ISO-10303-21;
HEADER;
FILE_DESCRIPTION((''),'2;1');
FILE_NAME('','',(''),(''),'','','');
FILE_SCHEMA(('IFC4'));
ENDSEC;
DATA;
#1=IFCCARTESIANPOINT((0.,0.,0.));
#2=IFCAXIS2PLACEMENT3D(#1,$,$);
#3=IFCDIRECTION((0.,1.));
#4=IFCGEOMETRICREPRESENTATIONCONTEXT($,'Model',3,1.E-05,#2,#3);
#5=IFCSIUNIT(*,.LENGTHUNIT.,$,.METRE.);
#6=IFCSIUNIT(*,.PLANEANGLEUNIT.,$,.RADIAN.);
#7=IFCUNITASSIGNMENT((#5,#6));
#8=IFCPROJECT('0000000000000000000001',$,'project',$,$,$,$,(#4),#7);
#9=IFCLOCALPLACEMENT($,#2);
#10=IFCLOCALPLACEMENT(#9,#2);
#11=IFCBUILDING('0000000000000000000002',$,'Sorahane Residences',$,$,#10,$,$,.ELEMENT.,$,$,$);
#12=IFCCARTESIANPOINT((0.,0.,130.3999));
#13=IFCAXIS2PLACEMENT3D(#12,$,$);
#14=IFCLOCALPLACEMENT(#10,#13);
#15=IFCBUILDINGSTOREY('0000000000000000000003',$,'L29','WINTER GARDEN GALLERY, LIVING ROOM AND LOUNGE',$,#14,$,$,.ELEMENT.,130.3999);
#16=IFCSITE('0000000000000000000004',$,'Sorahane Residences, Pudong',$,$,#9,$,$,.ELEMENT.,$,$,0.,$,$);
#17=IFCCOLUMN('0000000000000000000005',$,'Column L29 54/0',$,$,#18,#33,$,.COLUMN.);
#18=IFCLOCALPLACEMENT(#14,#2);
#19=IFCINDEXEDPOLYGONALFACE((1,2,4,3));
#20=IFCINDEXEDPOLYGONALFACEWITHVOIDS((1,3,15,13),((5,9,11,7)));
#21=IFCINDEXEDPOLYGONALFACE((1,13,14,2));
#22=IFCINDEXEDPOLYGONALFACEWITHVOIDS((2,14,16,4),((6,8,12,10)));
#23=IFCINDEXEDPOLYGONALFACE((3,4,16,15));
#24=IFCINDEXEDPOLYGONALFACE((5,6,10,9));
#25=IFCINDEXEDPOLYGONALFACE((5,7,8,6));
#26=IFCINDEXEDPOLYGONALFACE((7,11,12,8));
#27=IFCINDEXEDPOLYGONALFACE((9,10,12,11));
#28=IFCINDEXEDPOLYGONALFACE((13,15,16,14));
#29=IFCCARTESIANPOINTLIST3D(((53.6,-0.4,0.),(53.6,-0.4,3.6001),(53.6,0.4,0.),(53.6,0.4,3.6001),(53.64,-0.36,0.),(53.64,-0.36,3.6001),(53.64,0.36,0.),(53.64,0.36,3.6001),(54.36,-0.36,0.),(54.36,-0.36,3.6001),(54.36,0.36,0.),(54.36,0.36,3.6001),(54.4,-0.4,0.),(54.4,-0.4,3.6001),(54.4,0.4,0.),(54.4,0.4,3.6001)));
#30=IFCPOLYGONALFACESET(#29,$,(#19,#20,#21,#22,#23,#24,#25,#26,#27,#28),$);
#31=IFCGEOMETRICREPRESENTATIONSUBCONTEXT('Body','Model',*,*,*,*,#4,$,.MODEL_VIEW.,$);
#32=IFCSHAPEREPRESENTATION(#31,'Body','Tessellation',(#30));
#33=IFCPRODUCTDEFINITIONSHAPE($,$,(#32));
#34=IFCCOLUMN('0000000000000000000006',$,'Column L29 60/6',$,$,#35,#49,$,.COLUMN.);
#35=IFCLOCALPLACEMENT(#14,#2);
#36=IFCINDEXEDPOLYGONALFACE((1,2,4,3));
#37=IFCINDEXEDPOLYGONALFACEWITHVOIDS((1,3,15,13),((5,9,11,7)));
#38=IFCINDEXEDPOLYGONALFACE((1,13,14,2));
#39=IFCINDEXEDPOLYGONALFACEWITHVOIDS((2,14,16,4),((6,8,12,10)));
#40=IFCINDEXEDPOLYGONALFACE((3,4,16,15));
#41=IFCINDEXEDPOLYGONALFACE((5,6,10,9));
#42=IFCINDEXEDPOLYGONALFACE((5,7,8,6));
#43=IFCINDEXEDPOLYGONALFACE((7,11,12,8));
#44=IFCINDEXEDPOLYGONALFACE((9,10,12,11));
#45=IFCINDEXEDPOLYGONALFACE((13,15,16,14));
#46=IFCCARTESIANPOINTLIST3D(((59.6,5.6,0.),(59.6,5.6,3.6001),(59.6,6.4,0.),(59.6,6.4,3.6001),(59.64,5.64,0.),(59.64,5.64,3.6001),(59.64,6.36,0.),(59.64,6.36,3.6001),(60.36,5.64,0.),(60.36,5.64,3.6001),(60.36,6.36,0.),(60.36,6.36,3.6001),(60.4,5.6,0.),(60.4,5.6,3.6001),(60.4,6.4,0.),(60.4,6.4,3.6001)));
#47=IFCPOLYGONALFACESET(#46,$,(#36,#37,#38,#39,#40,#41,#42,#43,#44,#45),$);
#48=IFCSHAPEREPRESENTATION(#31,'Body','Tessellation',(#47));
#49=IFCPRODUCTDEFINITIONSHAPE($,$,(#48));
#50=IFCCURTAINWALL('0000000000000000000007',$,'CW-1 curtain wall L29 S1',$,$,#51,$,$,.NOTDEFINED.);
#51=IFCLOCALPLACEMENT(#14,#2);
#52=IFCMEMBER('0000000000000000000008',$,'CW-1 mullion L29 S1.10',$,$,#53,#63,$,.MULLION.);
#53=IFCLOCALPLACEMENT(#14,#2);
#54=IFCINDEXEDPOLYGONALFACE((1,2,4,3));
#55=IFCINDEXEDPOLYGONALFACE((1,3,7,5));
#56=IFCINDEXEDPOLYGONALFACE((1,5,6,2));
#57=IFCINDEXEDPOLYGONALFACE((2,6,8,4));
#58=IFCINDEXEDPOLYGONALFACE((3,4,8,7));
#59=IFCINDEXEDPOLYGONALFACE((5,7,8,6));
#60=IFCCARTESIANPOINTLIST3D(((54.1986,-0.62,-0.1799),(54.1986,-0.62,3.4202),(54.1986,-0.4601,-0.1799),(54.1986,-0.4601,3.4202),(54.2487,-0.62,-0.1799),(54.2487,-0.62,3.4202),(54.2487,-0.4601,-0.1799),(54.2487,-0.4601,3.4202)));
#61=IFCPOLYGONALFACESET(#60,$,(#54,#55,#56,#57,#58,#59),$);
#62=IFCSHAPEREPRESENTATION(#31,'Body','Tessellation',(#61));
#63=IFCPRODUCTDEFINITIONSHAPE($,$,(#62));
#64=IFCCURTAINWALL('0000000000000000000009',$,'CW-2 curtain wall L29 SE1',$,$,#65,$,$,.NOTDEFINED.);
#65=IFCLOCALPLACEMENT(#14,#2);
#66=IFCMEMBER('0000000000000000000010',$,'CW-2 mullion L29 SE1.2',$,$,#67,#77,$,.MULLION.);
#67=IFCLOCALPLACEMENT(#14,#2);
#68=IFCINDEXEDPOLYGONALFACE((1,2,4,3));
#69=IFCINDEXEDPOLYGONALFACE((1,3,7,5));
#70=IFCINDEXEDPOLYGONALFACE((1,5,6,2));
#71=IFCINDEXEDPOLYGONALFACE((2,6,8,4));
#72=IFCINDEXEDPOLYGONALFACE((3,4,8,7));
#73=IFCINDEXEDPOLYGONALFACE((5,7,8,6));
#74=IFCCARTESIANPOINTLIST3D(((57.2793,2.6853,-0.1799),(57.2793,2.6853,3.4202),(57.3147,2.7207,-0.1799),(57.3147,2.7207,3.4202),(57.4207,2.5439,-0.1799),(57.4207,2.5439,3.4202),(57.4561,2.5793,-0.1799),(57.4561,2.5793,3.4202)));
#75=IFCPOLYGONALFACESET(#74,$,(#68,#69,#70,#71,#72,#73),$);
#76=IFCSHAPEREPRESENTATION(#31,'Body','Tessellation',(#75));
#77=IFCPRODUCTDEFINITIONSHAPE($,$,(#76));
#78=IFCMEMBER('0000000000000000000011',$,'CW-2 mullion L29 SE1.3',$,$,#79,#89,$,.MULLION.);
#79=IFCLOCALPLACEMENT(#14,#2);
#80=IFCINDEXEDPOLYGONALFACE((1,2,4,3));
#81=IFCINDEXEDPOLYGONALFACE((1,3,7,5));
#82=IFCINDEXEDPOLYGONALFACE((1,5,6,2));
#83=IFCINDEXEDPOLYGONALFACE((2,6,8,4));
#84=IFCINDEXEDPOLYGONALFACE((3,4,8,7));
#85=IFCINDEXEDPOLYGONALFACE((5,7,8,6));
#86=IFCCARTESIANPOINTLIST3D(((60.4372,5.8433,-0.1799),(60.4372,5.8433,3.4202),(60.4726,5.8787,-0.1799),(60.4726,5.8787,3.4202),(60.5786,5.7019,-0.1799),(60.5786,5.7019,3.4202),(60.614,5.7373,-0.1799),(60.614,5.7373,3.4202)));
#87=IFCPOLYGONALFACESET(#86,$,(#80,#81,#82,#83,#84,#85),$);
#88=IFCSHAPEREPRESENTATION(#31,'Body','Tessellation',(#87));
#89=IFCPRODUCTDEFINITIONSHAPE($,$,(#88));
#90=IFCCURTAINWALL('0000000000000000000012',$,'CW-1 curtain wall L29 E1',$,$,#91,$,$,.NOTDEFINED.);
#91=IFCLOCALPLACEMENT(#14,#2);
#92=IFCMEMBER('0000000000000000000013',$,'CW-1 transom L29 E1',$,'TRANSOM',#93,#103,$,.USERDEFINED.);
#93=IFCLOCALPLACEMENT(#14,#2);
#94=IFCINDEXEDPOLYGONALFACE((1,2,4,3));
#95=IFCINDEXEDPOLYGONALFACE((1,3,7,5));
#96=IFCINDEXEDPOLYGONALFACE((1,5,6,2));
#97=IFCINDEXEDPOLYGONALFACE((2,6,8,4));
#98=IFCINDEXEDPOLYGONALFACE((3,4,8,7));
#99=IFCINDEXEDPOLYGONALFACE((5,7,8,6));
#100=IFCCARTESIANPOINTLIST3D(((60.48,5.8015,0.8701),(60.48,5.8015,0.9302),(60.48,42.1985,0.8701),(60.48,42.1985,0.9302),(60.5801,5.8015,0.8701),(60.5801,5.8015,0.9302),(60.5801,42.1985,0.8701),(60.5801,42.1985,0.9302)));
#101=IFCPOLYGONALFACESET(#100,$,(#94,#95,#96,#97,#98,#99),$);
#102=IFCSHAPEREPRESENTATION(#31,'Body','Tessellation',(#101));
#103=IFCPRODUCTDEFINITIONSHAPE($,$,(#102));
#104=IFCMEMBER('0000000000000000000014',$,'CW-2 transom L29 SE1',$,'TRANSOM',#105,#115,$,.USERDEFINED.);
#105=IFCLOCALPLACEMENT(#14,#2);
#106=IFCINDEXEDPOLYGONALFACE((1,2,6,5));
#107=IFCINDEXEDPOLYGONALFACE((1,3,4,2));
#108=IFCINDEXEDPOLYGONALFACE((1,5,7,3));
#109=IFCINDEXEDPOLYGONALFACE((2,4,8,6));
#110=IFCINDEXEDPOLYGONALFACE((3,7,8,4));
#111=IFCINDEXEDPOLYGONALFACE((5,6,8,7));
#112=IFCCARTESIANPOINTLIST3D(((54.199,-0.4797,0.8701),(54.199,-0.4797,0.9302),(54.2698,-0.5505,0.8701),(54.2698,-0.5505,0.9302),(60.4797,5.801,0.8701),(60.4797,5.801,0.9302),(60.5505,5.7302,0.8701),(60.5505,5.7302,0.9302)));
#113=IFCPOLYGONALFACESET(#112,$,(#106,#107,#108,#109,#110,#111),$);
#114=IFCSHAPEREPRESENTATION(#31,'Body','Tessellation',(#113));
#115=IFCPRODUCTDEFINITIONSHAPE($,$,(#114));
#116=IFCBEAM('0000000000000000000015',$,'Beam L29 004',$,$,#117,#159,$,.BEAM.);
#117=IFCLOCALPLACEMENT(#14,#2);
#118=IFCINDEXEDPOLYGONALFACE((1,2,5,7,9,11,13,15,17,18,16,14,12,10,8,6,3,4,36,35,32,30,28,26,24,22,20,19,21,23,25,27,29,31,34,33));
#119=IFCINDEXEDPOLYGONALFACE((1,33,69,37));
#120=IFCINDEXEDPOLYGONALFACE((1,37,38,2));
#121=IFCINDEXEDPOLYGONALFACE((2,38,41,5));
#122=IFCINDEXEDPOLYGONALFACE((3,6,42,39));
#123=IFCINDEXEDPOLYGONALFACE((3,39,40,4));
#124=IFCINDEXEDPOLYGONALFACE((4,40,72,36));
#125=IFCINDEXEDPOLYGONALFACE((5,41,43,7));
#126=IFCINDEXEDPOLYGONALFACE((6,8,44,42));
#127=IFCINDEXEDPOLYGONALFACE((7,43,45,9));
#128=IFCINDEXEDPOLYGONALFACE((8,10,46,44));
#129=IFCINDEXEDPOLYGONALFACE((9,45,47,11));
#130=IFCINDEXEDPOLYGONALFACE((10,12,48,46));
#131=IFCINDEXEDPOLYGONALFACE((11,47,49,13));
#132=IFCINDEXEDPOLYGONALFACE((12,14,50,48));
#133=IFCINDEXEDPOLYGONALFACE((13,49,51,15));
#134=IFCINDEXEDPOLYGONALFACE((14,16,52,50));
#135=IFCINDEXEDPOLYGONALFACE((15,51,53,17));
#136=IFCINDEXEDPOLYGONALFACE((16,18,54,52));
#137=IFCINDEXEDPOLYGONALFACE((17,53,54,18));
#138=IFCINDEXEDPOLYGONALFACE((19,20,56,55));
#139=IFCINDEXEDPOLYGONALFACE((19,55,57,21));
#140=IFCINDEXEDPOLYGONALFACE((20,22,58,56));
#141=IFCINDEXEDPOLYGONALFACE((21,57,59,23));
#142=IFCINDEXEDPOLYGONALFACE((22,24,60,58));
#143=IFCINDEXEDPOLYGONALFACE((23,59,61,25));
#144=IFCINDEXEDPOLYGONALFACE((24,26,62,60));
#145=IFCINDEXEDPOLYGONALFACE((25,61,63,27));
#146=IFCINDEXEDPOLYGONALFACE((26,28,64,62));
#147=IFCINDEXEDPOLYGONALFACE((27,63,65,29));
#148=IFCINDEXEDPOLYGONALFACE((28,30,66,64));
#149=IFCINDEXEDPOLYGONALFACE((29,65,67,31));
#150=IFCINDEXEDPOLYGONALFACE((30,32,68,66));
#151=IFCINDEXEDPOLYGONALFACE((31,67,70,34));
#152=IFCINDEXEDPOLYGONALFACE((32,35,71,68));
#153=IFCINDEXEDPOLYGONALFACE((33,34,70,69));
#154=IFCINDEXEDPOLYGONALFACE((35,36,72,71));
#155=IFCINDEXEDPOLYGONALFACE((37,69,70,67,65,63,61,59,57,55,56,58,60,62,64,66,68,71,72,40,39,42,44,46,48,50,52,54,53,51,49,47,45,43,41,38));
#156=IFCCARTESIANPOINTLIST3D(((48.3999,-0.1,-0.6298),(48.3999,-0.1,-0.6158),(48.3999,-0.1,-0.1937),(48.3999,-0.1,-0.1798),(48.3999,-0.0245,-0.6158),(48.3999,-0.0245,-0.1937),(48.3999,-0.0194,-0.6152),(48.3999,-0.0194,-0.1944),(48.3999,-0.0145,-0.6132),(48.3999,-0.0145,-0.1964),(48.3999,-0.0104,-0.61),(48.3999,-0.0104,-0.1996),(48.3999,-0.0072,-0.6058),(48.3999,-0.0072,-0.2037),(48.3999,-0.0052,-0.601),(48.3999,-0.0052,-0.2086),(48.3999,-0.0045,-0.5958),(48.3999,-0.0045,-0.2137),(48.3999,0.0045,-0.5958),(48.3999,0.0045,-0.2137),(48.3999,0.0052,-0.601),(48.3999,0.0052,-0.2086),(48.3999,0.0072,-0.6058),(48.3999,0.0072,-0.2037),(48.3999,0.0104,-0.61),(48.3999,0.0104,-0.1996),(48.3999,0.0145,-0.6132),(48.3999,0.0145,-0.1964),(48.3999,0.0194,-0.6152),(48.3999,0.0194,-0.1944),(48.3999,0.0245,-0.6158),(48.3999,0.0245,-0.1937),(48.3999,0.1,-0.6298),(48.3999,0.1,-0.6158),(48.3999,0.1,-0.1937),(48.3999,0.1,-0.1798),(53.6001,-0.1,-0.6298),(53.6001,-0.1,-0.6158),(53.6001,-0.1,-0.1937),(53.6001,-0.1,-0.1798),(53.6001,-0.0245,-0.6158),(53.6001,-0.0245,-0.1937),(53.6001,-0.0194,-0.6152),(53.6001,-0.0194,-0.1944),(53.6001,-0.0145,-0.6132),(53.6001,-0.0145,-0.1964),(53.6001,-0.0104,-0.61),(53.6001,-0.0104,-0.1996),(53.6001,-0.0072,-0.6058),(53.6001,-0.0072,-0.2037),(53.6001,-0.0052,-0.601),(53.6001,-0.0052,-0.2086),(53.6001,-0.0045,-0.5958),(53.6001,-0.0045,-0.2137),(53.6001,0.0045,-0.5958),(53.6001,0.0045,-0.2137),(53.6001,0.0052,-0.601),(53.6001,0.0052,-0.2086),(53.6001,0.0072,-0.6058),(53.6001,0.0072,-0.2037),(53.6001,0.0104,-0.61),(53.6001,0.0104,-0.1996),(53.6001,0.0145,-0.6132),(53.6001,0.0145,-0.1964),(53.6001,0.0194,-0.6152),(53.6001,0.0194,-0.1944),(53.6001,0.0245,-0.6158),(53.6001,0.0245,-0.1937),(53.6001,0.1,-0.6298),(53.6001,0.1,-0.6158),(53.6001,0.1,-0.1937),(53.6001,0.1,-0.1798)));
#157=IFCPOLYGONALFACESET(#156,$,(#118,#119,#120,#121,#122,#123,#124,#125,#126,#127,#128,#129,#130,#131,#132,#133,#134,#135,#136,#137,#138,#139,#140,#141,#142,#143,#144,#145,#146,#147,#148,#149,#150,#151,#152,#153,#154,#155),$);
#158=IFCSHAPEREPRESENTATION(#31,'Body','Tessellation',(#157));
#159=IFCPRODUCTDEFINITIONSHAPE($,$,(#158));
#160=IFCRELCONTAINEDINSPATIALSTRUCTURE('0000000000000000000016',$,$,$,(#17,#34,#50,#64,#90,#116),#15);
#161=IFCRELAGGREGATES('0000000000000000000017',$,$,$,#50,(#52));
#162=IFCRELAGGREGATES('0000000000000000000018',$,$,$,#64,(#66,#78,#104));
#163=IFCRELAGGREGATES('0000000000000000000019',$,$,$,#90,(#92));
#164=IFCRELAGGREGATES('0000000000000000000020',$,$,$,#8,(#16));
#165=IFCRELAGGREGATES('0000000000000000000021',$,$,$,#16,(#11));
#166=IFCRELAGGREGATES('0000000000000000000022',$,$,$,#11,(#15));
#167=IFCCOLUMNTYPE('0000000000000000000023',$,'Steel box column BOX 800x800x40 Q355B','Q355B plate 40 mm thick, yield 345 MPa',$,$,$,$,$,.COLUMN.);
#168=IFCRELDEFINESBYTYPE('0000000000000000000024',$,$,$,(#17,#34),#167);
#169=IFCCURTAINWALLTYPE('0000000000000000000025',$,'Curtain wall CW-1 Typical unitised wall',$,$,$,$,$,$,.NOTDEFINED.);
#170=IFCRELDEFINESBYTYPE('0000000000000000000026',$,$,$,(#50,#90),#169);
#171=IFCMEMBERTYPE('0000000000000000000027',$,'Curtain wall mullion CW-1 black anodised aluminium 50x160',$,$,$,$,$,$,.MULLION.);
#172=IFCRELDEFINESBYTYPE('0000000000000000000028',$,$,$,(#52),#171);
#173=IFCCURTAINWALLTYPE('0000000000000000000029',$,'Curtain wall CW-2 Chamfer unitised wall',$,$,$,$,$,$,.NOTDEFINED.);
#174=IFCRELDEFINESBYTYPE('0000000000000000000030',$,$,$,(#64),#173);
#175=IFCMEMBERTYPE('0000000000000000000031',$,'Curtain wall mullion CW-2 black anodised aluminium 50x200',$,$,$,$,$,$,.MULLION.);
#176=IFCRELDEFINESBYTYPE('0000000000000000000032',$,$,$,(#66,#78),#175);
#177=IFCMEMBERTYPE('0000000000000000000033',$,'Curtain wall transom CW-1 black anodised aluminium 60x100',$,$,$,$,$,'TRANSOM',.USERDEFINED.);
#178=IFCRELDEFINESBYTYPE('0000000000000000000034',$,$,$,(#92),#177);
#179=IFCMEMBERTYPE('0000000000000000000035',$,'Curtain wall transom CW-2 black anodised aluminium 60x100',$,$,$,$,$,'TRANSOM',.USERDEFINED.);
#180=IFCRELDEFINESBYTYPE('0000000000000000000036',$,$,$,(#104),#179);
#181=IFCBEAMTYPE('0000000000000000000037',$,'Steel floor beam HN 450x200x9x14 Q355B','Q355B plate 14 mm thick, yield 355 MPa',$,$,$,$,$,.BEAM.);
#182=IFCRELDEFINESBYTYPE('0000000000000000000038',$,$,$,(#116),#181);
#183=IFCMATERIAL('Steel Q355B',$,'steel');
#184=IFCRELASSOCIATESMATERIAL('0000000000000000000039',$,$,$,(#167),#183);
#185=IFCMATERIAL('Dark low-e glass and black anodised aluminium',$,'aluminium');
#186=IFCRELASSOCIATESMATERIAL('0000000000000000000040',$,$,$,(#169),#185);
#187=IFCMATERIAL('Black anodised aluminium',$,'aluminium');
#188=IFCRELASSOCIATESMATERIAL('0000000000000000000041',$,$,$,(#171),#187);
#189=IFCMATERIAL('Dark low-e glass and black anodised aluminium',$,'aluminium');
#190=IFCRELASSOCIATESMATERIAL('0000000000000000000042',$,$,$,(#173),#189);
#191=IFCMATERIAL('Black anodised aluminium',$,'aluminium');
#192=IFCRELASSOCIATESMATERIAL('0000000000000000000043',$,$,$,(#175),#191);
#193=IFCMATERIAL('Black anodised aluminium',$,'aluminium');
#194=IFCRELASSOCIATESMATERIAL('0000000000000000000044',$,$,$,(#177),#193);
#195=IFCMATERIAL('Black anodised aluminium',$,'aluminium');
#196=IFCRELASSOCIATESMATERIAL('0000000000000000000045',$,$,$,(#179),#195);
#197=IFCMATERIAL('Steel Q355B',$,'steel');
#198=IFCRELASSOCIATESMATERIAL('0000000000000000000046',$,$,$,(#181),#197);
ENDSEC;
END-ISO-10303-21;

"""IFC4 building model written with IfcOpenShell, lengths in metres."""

from ifc_helpers import new_model, si_unit, direction, frame, origin, origin_2d, place, context, subcontext, project, spatial, rectangle, hollow_rectangle, i_section, extrude, material, material_profile, profile_set, type_object, element, aggregate, save


model = new_model("IFC4")

# Units and contexts
model_context = context("Model", 3, precision=1e-05, world=origin(), true_north=direction((0.0, 1.0)))
body_context = subcontext(model_context, "Body", "Model", "MODEL_VIEW")
ifc_project = project(units=[si_unit("LENGTHUNIT", "METRE"), si_unit("PLANEANGLEUNIT", "RADIAN")], contexts=[model_context])

# Site, building, storey
site_placement = place(None, origin())
site = spatial("IfcSite", under=ifc_project, at=site_placement, Name="Sorahane Residences, Pudong", CompositionType="ELEMENT", RefElevation=0.0)
building_placement = place(site_placement, origin())
building = spatial("IfcBuilding", under=site, at=building_placement, Name="Sorahane Residences", CompositionType="ELEMENT")
storey_placement = place(building_placement, frame((0.0, 0.0, 130.3999)))
storey = spatial("IfcBuildingStorey", under=building, at=storey_placement, Name="L29", Description="WINTER GARDEN GALLERY, LIVING ROOM AND LOUNGE", CompositionType="ELEMENT", Elevation=130.3999)

# Columns
ifc_material_1 = material(Name="Steel Q355B", Category="steel")
ifc_material_profile_1 = material_profile(ifc_material_1, hollow_rectangle(XDim=0.8, YDim=0.8, WallThickness=0.04, at=origin_2d()), Name="BOX 800x800x40")
ifc_profile_set_1 = profile_set([ifc_material_profile_1], Name="Steel Q355B")
column_type = type_object("IfcColumnType", Name="Steel box column BOX 800x800x40 Q355B", Description="Q355B plate 40 mm thick, yield 345 MPa", PredefinedType="COLUMN", material=ifc_profile_set_1)
for number, where, z_axis, x_axis, name in (
    (1, (54.0, 0.0, 0.0), (0.0, 0.0, 1.0), (1.0, 0.0, 0.0), "Column L29 54/0"),
    (2, (60.0, 6.0, 0.0), (0.0, 0.0, 1.0), (1.0, 0.0, 0.0), "Column L29 60/6"),
):
    element("IfcColumn", number, at=place(storey_placement, frame(where, z_axis=z_axis, x_axis=x_axis)), inside=storey, type_object=column_type, Name=name, PredefinedType="COLUMN", context=body_context, shape_type="SweptSolid", body=[
        extrude(hollow_rectangle(XDim=0.8, YDim=0.8, WallThickness=0.04, at=origin_2d()), origin(), (0.0, 0.0, 1.0), 3.6001),
    ])

# Curtain wall, member
ifc_material_2 = material(Name="Dark low-e glass and black anodised aluminium", Category="aluminium")
curtain_wall_type_1 = type_object("IfcCurtainWallType", Name="Curtain wall CW-1 Typical unitised wall", PredefinedType="NOTDEFINED", material=ifc_material_2)
curtain_wall_1_placement = place(storey_placement, origin())
curtain_wall_1 = element("IfcCurtainWall", 3, at=curtain_wall_1_placement, inside=storey, type_object=curtain_wall_type_1, Name="CW-1 curtain wall L29 S1", PredefinedType="NOTDEFINED")
ifc_material_3 = material(Name="Black anodised aluminium", Category="aluminium")
ifc_material_profile_2 = material_profile(ifc_material_3, rectangle(XDim=0.1599, YDim=0.05, at=origin_2d()), Name="Curtain wall mullion CW-1 black anodised aluminium 50x160")
ifc_profile_set_2 = profile_set([ifc_material_profile_2], Name="Black anodised aluminium")
member_type_1 = type_object("IfcMemberType", Name="Curtain wall mullion CW-1 black anodised aluminium 50x160", PredefinedType="MULLION", material=ifc_profile_set_2)
member_1_placement = place(storey_placement, frame((54.2236, -0.54, -0.1799), z_axis=(0.0, 0.0, 1.0), x_axis=(0.0, -1.0, 0.0)))
member_1 = element("IfcMember", 4, at=member_1_placement, type_object=member_type_1, Name="CW-1 mullion L29 S1.10", PredefinedType="MULLION", context=body_context, shape_type="SweptSolid", body=[
    extrude(rectangle(XDim=0.1599, YDim=0.05, at=origin_2d()), origin(), (0.0, 0.0, 1.0), 3.6001),
])

# Curtain wall, members
ifc_material_4 = material(Name="Dark low-e glass and black anodised aluminium", Category="aluminium")
curtain_wall_type_2 = type_object("IfcCurtainWallType", Name="Curtain wall CW-2 Chamfer unitised wall", PredefinedType="NOTDEFINED", material=ifc_material_4)
curtain_wall_2_placement = place(storey_placement, origin())
curtain_wall_2 = element("IfcCurtainWall", 5, at=curtain_wall_2_placement, inside=storey, type_object=curtain_wall_type_2, Name="CW-2 curtain wall L29 SE1", PredefinedType="NOTDEFINED")
ifc_material_5 = material(Name="Black anodised aluminium", Category="aluminium")
ifc_material_profile_3 = material_profile(ifc_material_5, rectangle(XDim=0.2, YDim=0.05, at=origin_2d()), Name="Curtain wall mullion CW-2 black anodised aluminium 50x200")
ifc_profile_set_3 = profile_set([ifc_material_profile_3], Name="Black anodised aluminium")
member_type_2 = type_object("IfcMemberType", Name="Curtain wall mullion CW-2 black anodised aluminium 50x200", PredefinedType="MULLION", material=ifc_profile_set_3)
member_2_placement = place(storey_placement, frame((57.3677, 2.6323, -0.1799), z_axis=(0.0, 0.0, 1.0), x_axis=(0.707107, -0.707107, 0.0)))
member_2 = element("IfcMember", 6, at=member_2_placement, type_object=member_type_2, Name="CW-2 mullion L29 SE1.2", PredefinedType="MULLION", context=body_context, shape_type="SweptSolid", body=[
    extrude(rectangle(XDim=0.2, YDim=0.05, at=origin_2d()), origin(), (0.0, 0.0, 1.0), 3.6001),
])
member_3_placement = place(storey_placement, frame((60.5256, 5.7903, -0.1799), z_axis=(0.0, 0.0, 1.0), x_axis=(0.707107, -0.707107, 0.0)))
member_3 = element("IfcMember", 7, at=member_3_placement, type_object=member_type_2, Name="CW-2 mullion L29 SE1.3", PredefinedType="MULLION", context=body_context, shape_type="SweptSolid", body=[
    extrude(rectangle(XDim=0.2, YDim=0.05, at=origin_2d()), origin(), (0.0, 0.0, 1.0), 3.6001),
])

# Curtain wall, member
curtain_wall_3_placement = place(storey_placement, origin())
curtain_wall_3 = element("IfcCurtainWall", 8, at=curtain_wall_3_placement, inside=storey, type_object=curtain_wall_type_1, Name="CW-1 curtain wall L29 E1", PredefinedType="NOTDEFINED")
ifc_material_6 = material(Name="Black anodised aluminium", Category="aluminium")
ifc_material_profile_4 = material_profile(ifc_material_6, rectangle(XDim=0.1001, YDim=0.0601, at=origin_2d()), Name="Curtain wall transom CW-1 black anodised aluminium 60x100")
ifc_profile_set_4 = profile_set([ifc_material_profile_4], Name="Black anodised aluminium")
member_type_3 = type_object("IfcMemberType", Name="Curtain wall transom CW-1 black anodised aluminium 60x100", ElementType="TRANSOM", PredefinedType="USERDEFINED", material=ifc_profile_set_4)
member_4_placement = place(storey_placement, frame((60.53, 5.8015, 0.9001), z_axis=(0.0, 1.0, 0.0), x_axis=(-1.0, 0.0, 0.0)))
member_4 = element("IfcMember", 9, at=member_4_placement, type_object=member_type_3, Name="CW-1 transom L29 E1", ObjectType="TRANSOM", PredefinedType="USERDEFINED", context=body_context, shape_type="SweptSolid", body=[
    extrude(rectangle(XDim=0.1001, YDim=0.0601, at=origin_2d()), origin(), (0.0, 0.0, 1.0), 36.397),
])

# Member
ifc_material_7 = material(Name="Black anodised aluminium", Category="aluminium")
ifc_material_profile_5 = material_profile(ifc_material_7, rectangle(XDim=0.1001, YDim=0.0601, at=origin_2d()), Name="Curtain wall transom CW-2 black anodised aluminium 60x100")
ifc_profile_set_5 = profile_set([ifc_material_profile_5], Name="Black anodised aluminium")
member_type_4 = type_object("IfcMemberType", Name="Curtain wall transom CW-2 black anodised aluminium 60x100", ElementType="TRANSOM", PredefinedType="USERDEFINED", material=ifc_profile_set_5)
member_5_placement = place(storey_placement, frame((54.2344, -0.5151, 0.9001), z_axis=(0.707107, 0.707107, 0.0), x_axis=(-0.707107, 0.707107, 0.0)))
member_5 = element("IfcMember", 10, at=member_5_placement, type_object=member_type_4, Name="CW-2 transom L29 SE1", ObjectType="TRANSOM", PredefinedType="USERDEFINED", context=body_context, shape_type="SweptSolid", body=[
    extrude(rectangle(XDim=0.1001, YDim=0.0601, at=origin_2d()), origin(), (0.0, 0.0, 1.0), 8.8823),
])

# Beam
ifc_material_8 = material(Name="Steel Q355B", Category="steel")
ifc_material_profile_6 = material_profile(ifc_material_8, i_section(OverallWidth=0.2, OverallDepth=0.45, WebThickness=0.009, FlangeThickness=0.0139, FilletRadius=0.02, at=origin_2d()), Name="HN 450x200x9x14")
ifc_profile_set_6 = profile_set([ifc_material_profile_6], Name="Steel Q355B")
beam_type_1 = type_object("IfcBeamType", Name="Steel floor beam HN 450x200x9x14 Q355B", Description="Q355B plate 14 mm thick, yield 355 MPa", PredefinedType="BEAM", material=ifc_profile_set_6)
for number, where, z_axis, x_axis, name in (
    (11, (48.3999, 0.0, -0.4048), (1.0, 0.0, 0.0), (0.0, 1.0, 0.0), "Beam L29 004"),
):
    element("IfcBeam", number, at=place(storey_placement, frame(where, z_axis=z_axis, x_axis=x_axis)), inside=storey, type_object=beam_type_1, Name=name, PredefinedType="BEAM", context=body_context, shape_type="SweptSolid", body=[
        extrude(i_section(OverallWidth=0.2, OverallDepth=0.45, WebThickness=0.009, FlangeThickness=0.0139, FilletRadius=0.02, at=origin_2d()), origin(), (0.0, 0.0, 1.0), 5.2002),
    ])

aggregate(curtain_wall_1, [member_1])
aggregate(curtain_wall_2, [member_2, member_3, member_5])
aggregate(curtain_wall_3, [member_4])

save(model, "model.ifc")
